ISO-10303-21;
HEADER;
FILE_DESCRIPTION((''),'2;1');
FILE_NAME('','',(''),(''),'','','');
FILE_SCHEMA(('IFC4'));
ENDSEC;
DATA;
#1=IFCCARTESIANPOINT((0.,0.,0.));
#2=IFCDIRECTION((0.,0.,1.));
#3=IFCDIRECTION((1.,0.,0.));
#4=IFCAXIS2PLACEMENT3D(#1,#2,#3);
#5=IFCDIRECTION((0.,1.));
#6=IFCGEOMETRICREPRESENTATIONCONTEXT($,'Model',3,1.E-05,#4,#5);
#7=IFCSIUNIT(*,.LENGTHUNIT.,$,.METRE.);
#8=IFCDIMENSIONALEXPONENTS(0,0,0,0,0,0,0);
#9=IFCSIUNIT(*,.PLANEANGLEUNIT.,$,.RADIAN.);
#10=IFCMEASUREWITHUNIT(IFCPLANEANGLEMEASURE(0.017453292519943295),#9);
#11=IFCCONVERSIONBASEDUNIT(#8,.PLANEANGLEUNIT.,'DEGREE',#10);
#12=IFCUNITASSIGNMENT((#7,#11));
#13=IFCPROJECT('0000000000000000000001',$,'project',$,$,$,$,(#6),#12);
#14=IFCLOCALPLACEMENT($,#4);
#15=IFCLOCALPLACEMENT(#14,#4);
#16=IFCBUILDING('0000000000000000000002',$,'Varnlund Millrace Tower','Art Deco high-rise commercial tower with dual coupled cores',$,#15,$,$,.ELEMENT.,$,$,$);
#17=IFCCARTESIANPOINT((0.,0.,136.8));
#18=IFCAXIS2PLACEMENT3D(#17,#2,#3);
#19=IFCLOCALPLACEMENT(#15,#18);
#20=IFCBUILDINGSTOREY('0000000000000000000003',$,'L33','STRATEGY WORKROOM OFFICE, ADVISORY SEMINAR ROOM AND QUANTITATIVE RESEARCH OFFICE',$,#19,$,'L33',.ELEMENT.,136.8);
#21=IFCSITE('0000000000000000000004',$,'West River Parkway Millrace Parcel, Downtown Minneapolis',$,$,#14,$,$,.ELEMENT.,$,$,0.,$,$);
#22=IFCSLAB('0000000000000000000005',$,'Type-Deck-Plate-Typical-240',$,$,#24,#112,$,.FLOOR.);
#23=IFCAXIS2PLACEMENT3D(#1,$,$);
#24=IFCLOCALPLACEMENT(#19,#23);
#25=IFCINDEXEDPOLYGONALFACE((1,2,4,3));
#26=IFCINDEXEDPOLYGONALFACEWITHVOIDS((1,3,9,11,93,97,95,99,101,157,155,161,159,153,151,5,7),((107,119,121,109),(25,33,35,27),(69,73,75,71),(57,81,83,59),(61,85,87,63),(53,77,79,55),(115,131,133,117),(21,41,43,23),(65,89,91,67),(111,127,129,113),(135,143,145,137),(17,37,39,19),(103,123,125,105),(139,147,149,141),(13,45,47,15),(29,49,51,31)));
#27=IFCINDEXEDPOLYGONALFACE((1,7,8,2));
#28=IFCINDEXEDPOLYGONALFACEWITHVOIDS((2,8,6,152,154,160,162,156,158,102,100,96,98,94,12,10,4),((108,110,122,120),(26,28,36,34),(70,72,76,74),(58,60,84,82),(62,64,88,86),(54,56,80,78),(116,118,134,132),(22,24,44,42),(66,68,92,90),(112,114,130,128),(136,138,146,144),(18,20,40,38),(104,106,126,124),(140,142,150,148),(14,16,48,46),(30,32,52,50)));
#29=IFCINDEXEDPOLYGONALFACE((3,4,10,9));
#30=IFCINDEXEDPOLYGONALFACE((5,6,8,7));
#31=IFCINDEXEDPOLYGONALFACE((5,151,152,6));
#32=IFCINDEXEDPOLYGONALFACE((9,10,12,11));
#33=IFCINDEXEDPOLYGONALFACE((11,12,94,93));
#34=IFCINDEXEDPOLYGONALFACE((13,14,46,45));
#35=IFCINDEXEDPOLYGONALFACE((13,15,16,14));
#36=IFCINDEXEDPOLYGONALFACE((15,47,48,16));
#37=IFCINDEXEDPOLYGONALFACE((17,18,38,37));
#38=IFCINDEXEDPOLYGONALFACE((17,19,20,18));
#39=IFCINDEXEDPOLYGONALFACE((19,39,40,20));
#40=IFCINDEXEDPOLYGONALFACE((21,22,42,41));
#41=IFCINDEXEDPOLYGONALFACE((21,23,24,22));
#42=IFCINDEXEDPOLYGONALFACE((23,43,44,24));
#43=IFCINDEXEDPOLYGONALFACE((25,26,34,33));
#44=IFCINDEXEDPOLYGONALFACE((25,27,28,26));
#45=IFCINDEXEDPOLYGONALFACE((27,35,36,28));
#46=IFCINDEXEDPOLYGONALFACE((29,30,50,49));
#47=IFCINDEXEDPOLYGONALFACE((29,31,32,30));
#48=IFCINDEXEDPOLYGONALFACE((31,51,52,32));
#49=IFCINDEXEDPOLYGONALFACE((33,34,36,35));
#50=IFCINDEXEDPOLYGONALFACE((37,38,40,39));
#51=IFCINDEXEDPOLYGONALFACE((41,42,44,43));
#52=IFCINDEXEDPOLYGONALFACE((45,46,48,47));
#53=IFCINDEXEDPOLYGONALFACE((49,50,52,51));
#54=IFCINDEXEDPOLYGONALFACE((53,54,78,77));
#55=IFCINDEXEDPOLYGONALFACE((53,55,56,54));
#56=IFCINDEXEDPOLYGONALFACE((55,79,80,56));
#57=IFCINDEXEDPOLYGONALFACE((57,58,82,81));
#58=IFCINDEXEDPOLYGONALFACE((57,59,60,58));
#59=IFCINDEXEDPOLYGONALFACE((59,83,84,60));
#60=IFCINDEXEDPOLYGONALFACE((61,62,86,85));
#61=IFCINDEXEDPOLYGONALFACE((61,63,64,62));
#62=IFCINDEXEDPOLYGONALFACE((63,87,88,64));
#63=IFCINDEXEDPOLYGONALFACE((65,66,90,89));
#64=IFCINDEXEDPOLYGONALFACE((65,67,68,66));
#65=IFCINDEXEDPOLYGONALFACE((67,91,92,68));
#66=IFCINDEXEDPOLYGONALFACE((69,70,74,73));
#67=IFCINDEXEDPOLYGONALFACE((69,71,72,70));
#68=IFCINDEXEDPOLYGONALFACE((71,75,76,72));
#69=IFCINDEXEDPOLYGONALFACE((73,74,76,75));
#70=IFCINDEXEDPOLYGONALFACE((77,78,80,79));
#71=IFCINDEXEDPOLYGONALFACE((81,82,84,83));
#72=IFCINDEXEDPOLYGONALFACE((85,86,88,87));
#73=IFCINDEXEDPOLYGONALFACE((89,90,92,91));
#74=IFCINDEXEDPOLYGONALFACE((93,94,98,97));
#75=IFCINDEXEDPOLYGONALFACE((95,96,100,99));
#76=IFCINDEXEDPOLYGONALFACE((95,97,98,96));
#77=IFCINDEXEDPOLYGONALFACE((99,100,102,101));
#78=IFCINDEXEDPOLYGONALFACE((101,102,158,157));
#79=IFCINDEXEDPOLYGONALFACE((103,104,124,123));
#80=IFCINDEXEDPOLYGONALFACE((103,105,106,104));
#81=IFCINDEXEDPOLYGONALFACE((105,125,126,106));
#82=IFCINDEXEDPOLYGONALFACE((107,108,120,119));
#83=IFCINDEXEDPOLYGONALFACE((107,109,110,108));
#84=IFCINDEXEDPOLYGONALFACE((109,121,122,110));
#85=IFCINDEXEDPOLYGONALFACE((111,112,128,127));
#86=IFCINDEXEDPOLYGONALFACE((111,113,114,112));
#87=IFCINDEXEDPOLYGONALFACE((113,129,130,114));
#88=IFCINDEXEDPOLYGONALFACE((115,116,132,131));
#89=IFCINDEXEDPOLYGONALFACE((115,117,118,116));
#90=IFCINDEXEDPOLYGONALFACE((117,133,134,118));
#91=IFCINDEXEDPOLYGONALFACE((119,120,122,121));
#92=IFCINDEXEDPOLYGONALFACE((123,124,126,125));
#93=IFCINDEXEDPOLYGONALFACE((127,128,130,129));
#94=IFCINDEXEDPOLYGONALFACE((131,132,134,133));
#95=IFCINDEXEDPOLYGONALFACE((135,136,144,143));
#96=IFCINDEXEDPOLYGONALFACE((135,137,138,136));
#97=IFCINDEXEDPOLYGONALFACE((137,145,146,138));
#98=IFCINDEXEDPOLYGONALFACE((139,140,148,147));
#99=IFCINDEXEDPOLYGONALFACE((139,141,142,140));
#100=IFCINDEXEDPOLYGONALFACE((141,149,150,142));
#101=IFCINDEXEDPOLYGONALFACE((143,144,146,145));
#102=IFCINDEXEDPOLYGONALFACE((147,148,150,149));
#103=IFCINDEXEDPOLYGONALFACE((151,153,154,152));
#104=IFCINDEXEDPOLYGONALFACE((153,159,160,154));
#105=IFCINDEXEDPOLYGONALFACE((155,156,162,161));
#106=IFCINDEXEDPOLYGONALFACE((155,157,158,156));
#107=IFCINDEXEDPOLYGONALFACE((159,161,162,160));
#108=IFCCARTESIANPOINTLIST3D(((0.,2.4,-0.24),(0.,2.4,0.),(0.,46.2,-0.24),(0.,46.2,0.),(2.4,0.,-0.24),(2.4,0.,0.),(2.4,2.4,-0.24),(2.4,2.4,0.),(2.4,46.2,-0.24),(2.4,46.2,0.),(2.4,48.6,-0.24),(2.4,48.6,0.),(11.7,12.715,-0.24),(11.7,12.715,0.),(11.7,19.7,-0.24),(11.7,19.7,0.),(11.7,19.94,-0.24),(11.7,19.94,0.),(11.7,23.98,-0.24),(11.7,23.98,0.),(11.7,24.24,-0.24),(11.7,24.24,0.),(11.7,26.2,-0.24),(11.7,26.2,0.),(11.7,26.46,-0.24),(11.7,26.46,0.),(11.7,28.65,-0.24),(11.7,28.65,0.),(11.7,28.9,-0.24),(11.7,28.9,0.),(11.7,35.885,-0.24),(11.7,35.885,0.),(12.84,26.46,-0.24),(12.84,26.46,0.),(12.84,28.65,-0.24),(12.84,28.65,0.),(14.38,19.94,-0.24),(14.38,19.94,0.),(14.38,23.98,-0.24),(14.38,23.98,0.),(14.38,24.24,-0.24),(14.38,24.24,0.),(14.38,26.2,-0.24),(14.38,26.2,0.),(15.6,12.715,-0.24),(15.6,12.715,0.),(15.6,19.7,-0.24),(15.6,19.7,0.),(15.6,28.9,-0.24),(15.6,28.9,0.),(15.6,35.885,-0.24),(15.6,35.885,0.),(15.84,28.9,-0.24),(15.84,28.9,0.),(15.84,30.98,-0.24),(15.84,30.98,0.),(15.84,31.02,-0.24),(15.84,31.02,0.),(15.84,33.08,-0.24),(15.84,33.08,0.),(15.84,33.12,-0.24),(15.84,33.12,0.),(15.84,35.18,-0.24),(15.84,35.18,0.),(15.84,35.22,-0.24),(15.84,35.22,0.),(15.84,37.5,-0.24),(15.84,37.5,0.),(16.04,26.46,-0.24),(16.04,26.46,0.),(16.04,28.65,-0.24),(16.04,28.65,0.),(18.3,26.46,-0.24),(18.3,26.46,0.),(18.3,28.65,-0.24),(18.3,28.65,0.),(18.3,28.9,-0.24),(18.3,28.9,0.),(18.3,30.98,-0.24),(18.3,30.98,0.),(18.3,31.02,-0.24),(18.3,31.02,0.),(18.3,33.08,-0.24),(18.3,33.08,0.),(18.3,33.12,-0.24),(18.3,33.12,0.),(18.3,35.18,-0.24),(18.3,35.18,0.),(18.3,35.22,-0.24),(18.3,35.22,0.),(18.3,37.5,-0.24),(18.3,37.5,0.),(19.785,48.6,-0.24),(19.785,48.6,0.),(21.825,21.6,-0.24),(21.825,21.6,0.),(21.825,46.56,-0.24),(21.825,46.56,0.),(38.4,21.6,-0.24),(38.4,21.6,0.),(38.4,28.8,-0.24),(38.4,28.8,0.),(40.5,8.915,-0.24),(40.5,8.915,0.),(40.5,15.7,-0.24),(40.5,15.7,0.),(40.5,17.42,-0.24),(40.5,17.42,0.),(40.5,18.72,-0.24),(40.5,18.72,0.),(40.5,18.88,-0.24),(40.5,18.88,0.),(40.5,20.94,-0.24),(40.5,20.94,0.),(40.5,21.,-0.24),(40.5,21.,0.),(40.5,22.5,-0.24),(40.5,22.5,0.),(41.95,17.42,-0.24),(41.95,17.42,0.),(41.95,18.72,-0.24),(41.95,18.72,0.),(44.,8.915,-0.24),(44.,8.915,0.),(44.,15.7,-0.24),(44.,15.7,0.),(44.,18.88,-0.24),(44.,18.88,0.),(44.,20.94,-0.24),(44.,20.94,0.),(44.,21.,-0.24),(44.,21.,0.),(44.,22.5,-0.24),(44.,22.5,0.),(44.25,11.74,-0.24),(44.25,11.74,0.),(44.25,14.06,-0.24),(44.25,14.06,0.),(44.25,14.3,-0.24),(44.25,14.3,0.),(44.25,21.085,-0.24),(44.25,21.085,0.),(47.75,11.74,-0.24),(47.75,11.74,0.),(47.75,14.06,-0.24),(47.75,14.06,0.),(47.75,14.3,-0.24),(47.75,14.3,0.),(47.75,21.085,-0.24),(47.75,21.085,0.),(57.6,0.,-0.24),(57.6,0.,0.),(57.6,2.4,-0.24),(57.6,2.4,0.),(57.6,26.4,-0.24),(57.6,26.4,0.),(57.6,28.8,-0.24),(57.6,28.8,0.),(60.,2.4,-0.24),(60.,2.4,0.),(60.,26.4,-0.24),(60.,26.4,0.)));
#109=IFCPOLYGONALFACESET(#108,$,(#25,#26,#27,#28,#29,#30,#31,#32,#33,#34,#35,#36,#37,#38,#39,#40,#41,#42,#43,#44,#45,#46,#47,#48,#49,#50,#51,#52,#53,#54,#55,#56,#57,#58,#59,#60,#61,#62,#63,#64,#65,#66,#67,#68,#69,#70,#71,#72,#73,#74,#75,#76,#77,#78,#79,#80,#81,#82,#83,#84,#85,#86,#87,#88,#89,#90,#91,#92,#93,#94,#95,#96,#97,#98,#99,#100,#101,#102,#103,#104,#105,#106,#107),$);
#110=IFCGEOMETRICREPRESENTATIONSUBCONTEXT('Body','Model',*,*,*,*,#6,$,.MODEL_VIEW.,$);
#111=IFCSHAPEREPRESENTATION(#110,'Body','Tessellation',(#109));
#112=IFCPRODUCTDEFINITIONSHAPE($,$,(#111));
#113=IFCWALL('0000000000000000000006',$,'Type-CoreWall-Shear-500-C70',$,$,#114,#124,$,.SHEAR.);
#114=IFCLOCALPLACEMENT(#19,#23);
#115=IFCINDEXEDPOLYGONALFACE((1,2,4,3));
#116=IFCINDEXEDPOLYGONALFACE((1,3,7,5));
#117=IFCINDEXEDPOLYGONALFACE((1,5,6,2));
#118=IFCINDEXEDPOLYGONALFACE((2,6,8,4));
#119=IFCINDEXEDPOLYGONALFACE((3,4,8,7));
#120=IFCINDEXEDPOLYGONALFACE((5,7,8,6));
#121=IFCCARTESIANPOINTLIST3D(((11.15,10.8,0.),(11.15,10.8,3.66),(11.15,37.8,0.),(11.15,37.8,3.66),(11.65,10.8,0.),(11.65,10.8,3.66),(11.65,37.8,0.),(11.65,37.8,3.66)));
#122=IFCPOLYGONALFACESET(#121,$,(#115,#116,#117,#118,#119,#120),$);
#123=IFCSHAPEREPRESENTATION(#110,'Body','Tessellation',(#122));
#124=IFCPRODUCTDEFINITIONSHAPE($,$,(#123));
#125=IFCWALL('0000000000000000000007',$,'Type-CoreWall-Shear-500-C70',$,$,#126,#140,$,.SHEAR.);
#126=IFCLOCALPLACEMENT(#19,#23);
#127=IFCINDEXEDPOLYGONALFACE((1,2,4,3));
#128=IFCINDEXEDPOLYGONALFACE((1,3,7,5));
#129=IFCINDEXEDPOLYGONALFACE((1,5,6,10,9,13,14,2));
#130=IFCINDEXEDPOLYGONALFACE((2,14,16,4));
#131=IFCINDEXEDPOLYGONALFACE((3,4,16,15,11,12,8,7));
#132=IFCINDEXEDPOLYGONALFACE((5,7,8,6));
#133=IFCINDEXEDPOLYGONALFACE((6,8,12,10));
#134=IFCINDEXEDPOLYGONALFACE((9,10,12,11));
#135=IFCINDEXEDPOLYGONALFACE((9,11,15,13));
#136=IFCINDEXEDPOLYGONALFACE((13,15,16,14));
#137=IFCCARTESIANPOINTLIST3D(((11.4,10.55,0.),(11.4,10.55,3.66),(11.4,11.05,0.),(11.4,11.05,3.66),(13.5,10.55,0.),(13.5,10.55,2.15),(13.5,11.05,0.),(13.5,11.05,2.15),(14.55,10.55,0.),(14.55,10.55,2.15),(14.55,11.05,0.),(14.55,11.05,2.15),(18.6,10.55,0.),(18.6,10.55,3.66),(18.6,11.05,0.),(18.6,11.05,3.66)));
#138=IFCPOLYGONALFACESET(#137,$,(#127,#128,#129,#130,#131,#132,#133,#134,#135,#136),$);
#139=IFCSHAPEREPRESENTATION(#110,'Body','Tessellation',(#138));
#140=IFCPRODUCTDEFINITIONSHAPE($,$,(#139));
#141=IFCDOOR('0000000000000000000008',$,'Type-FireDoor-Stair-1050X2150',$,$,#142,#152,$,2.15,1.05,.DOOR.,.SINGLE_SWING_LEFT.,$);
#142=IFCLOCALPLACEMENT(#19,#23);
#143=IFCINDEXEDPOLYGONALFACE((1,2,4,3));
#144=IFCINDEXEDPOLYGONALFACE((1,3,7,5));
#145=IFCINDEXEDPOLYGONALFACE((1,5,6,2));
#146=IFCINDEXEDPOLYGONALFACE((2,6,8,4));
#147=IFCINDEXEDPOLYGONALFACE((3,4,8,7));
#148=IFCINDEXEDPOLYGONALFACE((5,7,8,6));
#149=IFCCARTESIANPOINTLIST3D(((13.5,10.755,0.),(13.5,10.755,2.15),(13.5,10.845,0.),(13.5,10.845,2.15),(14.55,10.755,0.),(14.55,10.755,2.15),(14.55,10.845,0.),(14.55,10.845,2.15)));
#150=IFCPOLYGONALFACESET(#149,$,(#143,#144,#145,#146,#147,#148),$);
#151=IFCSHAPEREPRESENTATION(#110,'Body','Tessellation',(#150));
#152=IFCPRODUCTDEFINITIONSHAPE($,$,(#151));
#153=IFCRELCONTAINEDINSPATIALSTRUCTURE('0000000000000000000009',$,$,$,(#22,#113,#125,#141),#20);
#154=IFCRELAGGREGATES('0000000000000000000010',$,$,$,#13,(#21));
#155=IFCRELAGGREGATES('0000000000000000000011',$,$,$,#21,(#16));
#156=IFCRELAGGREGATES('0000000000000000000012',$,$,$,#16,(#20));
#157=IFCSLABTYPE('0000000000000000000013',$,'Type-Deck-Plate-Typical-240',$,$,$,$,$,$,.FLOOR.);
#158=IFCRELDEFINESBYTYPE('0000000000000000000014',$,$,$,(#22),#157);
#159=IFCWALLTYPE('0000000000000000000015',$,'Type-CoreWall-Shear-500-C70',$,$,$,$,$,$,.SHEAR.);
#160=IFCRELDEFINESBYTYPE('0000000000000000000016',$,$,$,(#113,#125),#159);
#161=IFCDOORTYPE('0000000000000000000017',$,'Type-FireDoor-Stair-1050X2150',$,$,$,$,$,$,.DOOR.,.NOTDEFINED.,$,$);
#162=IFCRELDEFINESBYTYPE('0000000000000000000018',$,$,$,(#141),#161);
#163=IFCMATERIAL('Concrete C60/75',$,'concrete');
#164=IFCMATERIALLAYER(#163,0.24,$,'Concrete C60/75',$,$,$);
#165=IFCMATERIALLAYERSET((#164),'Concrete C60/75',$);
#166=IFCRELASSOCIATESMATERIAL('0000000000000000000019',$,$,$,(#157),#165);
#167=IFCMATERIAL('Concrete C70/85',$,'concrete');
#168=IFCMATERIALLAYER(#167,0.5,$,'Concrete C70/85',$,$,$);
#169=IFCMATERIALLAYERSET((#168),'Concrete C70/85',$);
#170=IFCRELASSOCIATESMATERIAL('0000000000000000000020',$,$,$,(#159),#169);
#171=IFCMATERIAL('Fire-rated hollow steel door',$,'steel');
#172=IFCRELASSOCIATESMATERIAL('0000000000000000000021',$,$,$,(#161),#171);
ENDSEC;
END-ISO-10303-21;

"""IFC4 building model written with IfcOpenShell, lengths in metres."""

from ifc_helpers import new_model, entity, si_unit, converted_unit, direction, frame, origin_with_axes, origin_2d_with_axis, place, context, subcontext, project, spatial, polyline, rectangle, outline, extrude, material, layer, layer_set, type_object, element, fill, save


model = new_model("IFC4")

# Units and contexts
model_context = context("Model", 3, precision=1e-05, world=origin_with_axes(), true_north=direction((0.0, 1.0)))
body_context = subcontext(model_context, "Body", "Model", "MODEL_VIEW")
ifc_project = project(units=[si_unit("LENGTHUNIT", "METRE"), converted_unit("PLANEANGLEUNIT", "DEGREE", entity("IfcPlaneAngleMeasure", 0.017453292519943295), si_unit("PLANEANGLEUNIT", "RADIAN"), dimensions=[0, 0, 0, 0, 0, 0, 0])], contexts=[model_context])

# Site, building, storey
site_placement = place(None, origin_with_axes())
site = spatial("IfcSite", under=ifc_project, at=site_placement, Name="West River Parkway Millrace Parcel, Downtown Minneapolis", CompositionType="ELEMENT", RefElevation=0.0)
building_placement = place(site_placement, origin_with_axes())
building = spatial("IfcBuilding", under=site, at=building_placement, Name="Varnlund Millrace Tower", Description="Art Deco high-rise commercial tower with dual coupled cores", CompositionType="ELEMENT")
storey_placement = place(building_placement, frame((0.0, 0.0, 136.8), z_axis=(0.0, 0.0, 1.0), x_axis=(1.0, 0.0, 0.0)))
storey = spatial("IfcBuildingStorey", under=building, at=storey_placement, Name="L33", Description="STRATEGY WORKROOM OFFICE, ADVISORY SEMINAR ROOM AND QUANTITATIVE RESEARCH OFFICE", LongName="L33", CompositionType="ELEMENT", Elevation=136.8)

# Slab
ifc_material_1 = material(Name="Concrete C60/75", Category="concrete")
ifc_layer_1 = layer(ifc_material_1, 0.24, Name="Concrete C60/75")
ifc_layer_set_1 = layer_set([ifc_layer_1], Name="Concrete C60/75")
slab_type = type_object("IfcSlabType", Name="Type-Deck-Plate-Typical-240", PredefinedType="FLOOR", material=ifc_layer_set_1)
slab_placement = place(storey_placement, frame((0.0, 0.0, -0.24), z_axis=(0.0, 0.0, 1.0), x_axis=(1.0, 0.0, 0.0)))
element("IfcSlab", 1, at=slab_placement, inside=storey, type_object=slab_type, Name="Type-Deck-Plate-Typical-240", PredefinedType="FLOOR", context=body_context, shape_type="SweptSolid", body=[
    extrude(outline(polyline([(21.825, 21.6), (21.825, 46.56), (19.785, 48.6), (2.4, 48.6), (2.4, 46.2), (0.0, 46.2), (0.0, 2.4), (2.4, 2.4), (2.4, 0.0), (57.6, 0.0), (57.6, 2.4), (60.0, 2.4), (60.0, 26.4), (57.6, 26.4), (57.6, 28.8), (38.4, 28.8), (38.4, 21.6), (21.825, 21.6)]), holes=[polyline([(15.6, 12.715), (11.7, 12.715), (11.7, 19.7), (15.6, 19.7), (15.6, 12.715)]), polyline([(14.38, 23.98), (14.38, 19.94), (11.7, 19.94), (11.7, 23.98), (14.38, 23.98)]), polyline([(14.38, 24.24), (11.7, 24.24), (11.7, 26.2), (14.38, 26.2), (14.38, 24.24)]), polyline([(12.84, 26.46), (11.7, 26.46), (11.7, 28.65), (12.84, 28.65), (12.84, 26.46)]), polyline([(18.3, 28.9), (15.84, 28.9), (15.84, 30.98), (18.3, 30.98), (18.3, 28.9)]), polyline([(18.3, 31.02), (15.84, 31.02), (15.84, 33.08), (18.3, 33.08), (18.3, 31.02)]), polyline([(15.6, 28.9), (11.7, 28.9), (11.7, 35.885), (15.6, 35.885), (15.6, 28.9)]), polyline([(18.3, 33.12), (15.84, 33.12), (15.84, 35.18), (18.3, 35.18), (18.3, 33.12)]), polyline([(44.0, 8.915), (40.5, 8.915), (40.5, 15.7), (44.0, 15.7), (44.0, 8.915)]), polyline([(47.75, 11.74), (44.25, 11.74), (44.25, 14.06), (47.75, 14.06), (47.75, 11.74)]), polyline([(47.75, 14.3), (44.25, 14.3), (44.25, 21.085), (47.75, 21.085), (47.75, 14.3)]), polyline([(41.95, 17.42), (40.5, 17.42), (40.5, 18.72), (41.95, 18.72), (41.95, 17.42)]), polyline([(44.0, 18.88), (40.5, 18.88), (40.5, 20.94), (44.0, 20.94), (44.0, 18.88)]), polyline([(44.0, 21.0), (40.5, 21.0), (40.5, 22.5), (44.0, 22.5), (44.0, 21.0)]), polyline([(16.04, 26.46), (16.04, 28.65), (18.3, 28.65), (18.3, 26.46), (16.04, 26.46)]), polyline([(15.84, 35.22), (15.84, 37.5), (18.3, 37.5), (18.3, 35.22), (15.84, 35.22)])]), origin_with_axes(), (0.0, 0.0, 1.0), 0.24),
])

# Wall
ifc_material_2 = material(Name="Concrete C70/85", Category="concrete")
ifc_layer_2 = layer(ifc_material_2, 0.5, Name="Concrete C70/85")
ifc_layer_set_2 = layer_set([ifc_layer_2], Name="Concrete C70/85")
wall_type = type_object("IfcWallType", Name="Type-CoreWall-Shear-500-C70", PredefinedType="SHEAR", material=ifc_layer_set_2)
wall_1_placement = place(storey_placement, frame((11.4, 10.8, 0.0), z_axis=(0.0, 0.0, 1.0), x_axis=(0.0, 1.0, 0.0)))
element("IfcWall", 2, at=wall_1_placement, inside=storey, type_object=wall_type, Name="Type-CoreWall-Shear-500-C70", PredefinedType="SHEAR", context=body_context, shape_type="SweptSolid", body=[
    extrude(outline(polyline([(0.0, -0.25), (27.0, -0.25), (27.0, 0.25), (0.0, 0.25), (0.0, -0.25)])), origin_with_axes(), (0.0, 0.0, 1.0), 3.66),
])

# Wall, opening, door
wall_2_placement = place(storey_placement, frame((11.4, 10.8, 0.0), z_axis=(0.0, 0.0, 1.0), x_axis=(1.0, 0.0, 0.0)))
wall_2 = element("IfcWall", 3, at=wall_2_placement, inside=storey, type_object=wall_type, Name="Type-CoreWall-Shear-500-C70", PredefinedType="SHEAR", context=body_context, shape_type="SweptSolid", body=[
    extrude(outline(polyline([(0.0, -0.25), (7.2, -0.25), (7.2, 0.25), (0.0, 0.25), (0.0, -0.25)])), origin_with_axes(), (0.0, 0.0, 1.0), 3.66),
])
opening_1_placement = place(wall_2_placement, frame((2.625, 0.0, 0.0), z_axis=(0.0, 0.0, 1.0), x_axis=(1.0, 0.0, 0.0)))
opening_1 = element("IfcOpeningElement", 4, at=opening_1_placement, cuts=wall_2, PredefinedType="OPENING", context=body_context, shape_type="SweptSolid", body=[
    extrude(rectangle(XDim=1.05, YDim=0.52, at=origin_2d_with_axis()), origin_with_axes(), (0.0, 0.0, 1.0), 2.15),
])
ifc_material_3 = material(Name="Fire-rated hollow steel door", Category="steel")
door_type_1 = type_object("IfcDoorType", Name="Type-FireDoor-Stair-1050X2150", OperationType="NOTDEFINED", PredefinedType="DOOR", material=ifc_material_3)
door_1_placement = place(wall_2_placement, frame((2.625, 0.0, 0.0), z_axis=(0.0, 0.0, 1.0), x_axis=(1.0, 0.0, 0.0)))
door_1 = element("IfcDoor", 5, at=door_1_placement, inside=storey, type_object=door_type_1, Name="Type-FireDoor-Stair-1050X2150", OperationType="SINGLE_SWING_LEFT", OverallHeight=2.15, OverallWidth=1.05, PredefinedType="DOOR", context=body_context, shape_type="SweptSolid", body=[
    extrude(rectangle(XDim=1.05, YDim=0.09, at=origin_2d_with_axis()), origin_with_axes(), (0.0, 0.0, 1.0), 2.15),
])
fill(opening_1, door_1)

save(model, "model.ifc")
